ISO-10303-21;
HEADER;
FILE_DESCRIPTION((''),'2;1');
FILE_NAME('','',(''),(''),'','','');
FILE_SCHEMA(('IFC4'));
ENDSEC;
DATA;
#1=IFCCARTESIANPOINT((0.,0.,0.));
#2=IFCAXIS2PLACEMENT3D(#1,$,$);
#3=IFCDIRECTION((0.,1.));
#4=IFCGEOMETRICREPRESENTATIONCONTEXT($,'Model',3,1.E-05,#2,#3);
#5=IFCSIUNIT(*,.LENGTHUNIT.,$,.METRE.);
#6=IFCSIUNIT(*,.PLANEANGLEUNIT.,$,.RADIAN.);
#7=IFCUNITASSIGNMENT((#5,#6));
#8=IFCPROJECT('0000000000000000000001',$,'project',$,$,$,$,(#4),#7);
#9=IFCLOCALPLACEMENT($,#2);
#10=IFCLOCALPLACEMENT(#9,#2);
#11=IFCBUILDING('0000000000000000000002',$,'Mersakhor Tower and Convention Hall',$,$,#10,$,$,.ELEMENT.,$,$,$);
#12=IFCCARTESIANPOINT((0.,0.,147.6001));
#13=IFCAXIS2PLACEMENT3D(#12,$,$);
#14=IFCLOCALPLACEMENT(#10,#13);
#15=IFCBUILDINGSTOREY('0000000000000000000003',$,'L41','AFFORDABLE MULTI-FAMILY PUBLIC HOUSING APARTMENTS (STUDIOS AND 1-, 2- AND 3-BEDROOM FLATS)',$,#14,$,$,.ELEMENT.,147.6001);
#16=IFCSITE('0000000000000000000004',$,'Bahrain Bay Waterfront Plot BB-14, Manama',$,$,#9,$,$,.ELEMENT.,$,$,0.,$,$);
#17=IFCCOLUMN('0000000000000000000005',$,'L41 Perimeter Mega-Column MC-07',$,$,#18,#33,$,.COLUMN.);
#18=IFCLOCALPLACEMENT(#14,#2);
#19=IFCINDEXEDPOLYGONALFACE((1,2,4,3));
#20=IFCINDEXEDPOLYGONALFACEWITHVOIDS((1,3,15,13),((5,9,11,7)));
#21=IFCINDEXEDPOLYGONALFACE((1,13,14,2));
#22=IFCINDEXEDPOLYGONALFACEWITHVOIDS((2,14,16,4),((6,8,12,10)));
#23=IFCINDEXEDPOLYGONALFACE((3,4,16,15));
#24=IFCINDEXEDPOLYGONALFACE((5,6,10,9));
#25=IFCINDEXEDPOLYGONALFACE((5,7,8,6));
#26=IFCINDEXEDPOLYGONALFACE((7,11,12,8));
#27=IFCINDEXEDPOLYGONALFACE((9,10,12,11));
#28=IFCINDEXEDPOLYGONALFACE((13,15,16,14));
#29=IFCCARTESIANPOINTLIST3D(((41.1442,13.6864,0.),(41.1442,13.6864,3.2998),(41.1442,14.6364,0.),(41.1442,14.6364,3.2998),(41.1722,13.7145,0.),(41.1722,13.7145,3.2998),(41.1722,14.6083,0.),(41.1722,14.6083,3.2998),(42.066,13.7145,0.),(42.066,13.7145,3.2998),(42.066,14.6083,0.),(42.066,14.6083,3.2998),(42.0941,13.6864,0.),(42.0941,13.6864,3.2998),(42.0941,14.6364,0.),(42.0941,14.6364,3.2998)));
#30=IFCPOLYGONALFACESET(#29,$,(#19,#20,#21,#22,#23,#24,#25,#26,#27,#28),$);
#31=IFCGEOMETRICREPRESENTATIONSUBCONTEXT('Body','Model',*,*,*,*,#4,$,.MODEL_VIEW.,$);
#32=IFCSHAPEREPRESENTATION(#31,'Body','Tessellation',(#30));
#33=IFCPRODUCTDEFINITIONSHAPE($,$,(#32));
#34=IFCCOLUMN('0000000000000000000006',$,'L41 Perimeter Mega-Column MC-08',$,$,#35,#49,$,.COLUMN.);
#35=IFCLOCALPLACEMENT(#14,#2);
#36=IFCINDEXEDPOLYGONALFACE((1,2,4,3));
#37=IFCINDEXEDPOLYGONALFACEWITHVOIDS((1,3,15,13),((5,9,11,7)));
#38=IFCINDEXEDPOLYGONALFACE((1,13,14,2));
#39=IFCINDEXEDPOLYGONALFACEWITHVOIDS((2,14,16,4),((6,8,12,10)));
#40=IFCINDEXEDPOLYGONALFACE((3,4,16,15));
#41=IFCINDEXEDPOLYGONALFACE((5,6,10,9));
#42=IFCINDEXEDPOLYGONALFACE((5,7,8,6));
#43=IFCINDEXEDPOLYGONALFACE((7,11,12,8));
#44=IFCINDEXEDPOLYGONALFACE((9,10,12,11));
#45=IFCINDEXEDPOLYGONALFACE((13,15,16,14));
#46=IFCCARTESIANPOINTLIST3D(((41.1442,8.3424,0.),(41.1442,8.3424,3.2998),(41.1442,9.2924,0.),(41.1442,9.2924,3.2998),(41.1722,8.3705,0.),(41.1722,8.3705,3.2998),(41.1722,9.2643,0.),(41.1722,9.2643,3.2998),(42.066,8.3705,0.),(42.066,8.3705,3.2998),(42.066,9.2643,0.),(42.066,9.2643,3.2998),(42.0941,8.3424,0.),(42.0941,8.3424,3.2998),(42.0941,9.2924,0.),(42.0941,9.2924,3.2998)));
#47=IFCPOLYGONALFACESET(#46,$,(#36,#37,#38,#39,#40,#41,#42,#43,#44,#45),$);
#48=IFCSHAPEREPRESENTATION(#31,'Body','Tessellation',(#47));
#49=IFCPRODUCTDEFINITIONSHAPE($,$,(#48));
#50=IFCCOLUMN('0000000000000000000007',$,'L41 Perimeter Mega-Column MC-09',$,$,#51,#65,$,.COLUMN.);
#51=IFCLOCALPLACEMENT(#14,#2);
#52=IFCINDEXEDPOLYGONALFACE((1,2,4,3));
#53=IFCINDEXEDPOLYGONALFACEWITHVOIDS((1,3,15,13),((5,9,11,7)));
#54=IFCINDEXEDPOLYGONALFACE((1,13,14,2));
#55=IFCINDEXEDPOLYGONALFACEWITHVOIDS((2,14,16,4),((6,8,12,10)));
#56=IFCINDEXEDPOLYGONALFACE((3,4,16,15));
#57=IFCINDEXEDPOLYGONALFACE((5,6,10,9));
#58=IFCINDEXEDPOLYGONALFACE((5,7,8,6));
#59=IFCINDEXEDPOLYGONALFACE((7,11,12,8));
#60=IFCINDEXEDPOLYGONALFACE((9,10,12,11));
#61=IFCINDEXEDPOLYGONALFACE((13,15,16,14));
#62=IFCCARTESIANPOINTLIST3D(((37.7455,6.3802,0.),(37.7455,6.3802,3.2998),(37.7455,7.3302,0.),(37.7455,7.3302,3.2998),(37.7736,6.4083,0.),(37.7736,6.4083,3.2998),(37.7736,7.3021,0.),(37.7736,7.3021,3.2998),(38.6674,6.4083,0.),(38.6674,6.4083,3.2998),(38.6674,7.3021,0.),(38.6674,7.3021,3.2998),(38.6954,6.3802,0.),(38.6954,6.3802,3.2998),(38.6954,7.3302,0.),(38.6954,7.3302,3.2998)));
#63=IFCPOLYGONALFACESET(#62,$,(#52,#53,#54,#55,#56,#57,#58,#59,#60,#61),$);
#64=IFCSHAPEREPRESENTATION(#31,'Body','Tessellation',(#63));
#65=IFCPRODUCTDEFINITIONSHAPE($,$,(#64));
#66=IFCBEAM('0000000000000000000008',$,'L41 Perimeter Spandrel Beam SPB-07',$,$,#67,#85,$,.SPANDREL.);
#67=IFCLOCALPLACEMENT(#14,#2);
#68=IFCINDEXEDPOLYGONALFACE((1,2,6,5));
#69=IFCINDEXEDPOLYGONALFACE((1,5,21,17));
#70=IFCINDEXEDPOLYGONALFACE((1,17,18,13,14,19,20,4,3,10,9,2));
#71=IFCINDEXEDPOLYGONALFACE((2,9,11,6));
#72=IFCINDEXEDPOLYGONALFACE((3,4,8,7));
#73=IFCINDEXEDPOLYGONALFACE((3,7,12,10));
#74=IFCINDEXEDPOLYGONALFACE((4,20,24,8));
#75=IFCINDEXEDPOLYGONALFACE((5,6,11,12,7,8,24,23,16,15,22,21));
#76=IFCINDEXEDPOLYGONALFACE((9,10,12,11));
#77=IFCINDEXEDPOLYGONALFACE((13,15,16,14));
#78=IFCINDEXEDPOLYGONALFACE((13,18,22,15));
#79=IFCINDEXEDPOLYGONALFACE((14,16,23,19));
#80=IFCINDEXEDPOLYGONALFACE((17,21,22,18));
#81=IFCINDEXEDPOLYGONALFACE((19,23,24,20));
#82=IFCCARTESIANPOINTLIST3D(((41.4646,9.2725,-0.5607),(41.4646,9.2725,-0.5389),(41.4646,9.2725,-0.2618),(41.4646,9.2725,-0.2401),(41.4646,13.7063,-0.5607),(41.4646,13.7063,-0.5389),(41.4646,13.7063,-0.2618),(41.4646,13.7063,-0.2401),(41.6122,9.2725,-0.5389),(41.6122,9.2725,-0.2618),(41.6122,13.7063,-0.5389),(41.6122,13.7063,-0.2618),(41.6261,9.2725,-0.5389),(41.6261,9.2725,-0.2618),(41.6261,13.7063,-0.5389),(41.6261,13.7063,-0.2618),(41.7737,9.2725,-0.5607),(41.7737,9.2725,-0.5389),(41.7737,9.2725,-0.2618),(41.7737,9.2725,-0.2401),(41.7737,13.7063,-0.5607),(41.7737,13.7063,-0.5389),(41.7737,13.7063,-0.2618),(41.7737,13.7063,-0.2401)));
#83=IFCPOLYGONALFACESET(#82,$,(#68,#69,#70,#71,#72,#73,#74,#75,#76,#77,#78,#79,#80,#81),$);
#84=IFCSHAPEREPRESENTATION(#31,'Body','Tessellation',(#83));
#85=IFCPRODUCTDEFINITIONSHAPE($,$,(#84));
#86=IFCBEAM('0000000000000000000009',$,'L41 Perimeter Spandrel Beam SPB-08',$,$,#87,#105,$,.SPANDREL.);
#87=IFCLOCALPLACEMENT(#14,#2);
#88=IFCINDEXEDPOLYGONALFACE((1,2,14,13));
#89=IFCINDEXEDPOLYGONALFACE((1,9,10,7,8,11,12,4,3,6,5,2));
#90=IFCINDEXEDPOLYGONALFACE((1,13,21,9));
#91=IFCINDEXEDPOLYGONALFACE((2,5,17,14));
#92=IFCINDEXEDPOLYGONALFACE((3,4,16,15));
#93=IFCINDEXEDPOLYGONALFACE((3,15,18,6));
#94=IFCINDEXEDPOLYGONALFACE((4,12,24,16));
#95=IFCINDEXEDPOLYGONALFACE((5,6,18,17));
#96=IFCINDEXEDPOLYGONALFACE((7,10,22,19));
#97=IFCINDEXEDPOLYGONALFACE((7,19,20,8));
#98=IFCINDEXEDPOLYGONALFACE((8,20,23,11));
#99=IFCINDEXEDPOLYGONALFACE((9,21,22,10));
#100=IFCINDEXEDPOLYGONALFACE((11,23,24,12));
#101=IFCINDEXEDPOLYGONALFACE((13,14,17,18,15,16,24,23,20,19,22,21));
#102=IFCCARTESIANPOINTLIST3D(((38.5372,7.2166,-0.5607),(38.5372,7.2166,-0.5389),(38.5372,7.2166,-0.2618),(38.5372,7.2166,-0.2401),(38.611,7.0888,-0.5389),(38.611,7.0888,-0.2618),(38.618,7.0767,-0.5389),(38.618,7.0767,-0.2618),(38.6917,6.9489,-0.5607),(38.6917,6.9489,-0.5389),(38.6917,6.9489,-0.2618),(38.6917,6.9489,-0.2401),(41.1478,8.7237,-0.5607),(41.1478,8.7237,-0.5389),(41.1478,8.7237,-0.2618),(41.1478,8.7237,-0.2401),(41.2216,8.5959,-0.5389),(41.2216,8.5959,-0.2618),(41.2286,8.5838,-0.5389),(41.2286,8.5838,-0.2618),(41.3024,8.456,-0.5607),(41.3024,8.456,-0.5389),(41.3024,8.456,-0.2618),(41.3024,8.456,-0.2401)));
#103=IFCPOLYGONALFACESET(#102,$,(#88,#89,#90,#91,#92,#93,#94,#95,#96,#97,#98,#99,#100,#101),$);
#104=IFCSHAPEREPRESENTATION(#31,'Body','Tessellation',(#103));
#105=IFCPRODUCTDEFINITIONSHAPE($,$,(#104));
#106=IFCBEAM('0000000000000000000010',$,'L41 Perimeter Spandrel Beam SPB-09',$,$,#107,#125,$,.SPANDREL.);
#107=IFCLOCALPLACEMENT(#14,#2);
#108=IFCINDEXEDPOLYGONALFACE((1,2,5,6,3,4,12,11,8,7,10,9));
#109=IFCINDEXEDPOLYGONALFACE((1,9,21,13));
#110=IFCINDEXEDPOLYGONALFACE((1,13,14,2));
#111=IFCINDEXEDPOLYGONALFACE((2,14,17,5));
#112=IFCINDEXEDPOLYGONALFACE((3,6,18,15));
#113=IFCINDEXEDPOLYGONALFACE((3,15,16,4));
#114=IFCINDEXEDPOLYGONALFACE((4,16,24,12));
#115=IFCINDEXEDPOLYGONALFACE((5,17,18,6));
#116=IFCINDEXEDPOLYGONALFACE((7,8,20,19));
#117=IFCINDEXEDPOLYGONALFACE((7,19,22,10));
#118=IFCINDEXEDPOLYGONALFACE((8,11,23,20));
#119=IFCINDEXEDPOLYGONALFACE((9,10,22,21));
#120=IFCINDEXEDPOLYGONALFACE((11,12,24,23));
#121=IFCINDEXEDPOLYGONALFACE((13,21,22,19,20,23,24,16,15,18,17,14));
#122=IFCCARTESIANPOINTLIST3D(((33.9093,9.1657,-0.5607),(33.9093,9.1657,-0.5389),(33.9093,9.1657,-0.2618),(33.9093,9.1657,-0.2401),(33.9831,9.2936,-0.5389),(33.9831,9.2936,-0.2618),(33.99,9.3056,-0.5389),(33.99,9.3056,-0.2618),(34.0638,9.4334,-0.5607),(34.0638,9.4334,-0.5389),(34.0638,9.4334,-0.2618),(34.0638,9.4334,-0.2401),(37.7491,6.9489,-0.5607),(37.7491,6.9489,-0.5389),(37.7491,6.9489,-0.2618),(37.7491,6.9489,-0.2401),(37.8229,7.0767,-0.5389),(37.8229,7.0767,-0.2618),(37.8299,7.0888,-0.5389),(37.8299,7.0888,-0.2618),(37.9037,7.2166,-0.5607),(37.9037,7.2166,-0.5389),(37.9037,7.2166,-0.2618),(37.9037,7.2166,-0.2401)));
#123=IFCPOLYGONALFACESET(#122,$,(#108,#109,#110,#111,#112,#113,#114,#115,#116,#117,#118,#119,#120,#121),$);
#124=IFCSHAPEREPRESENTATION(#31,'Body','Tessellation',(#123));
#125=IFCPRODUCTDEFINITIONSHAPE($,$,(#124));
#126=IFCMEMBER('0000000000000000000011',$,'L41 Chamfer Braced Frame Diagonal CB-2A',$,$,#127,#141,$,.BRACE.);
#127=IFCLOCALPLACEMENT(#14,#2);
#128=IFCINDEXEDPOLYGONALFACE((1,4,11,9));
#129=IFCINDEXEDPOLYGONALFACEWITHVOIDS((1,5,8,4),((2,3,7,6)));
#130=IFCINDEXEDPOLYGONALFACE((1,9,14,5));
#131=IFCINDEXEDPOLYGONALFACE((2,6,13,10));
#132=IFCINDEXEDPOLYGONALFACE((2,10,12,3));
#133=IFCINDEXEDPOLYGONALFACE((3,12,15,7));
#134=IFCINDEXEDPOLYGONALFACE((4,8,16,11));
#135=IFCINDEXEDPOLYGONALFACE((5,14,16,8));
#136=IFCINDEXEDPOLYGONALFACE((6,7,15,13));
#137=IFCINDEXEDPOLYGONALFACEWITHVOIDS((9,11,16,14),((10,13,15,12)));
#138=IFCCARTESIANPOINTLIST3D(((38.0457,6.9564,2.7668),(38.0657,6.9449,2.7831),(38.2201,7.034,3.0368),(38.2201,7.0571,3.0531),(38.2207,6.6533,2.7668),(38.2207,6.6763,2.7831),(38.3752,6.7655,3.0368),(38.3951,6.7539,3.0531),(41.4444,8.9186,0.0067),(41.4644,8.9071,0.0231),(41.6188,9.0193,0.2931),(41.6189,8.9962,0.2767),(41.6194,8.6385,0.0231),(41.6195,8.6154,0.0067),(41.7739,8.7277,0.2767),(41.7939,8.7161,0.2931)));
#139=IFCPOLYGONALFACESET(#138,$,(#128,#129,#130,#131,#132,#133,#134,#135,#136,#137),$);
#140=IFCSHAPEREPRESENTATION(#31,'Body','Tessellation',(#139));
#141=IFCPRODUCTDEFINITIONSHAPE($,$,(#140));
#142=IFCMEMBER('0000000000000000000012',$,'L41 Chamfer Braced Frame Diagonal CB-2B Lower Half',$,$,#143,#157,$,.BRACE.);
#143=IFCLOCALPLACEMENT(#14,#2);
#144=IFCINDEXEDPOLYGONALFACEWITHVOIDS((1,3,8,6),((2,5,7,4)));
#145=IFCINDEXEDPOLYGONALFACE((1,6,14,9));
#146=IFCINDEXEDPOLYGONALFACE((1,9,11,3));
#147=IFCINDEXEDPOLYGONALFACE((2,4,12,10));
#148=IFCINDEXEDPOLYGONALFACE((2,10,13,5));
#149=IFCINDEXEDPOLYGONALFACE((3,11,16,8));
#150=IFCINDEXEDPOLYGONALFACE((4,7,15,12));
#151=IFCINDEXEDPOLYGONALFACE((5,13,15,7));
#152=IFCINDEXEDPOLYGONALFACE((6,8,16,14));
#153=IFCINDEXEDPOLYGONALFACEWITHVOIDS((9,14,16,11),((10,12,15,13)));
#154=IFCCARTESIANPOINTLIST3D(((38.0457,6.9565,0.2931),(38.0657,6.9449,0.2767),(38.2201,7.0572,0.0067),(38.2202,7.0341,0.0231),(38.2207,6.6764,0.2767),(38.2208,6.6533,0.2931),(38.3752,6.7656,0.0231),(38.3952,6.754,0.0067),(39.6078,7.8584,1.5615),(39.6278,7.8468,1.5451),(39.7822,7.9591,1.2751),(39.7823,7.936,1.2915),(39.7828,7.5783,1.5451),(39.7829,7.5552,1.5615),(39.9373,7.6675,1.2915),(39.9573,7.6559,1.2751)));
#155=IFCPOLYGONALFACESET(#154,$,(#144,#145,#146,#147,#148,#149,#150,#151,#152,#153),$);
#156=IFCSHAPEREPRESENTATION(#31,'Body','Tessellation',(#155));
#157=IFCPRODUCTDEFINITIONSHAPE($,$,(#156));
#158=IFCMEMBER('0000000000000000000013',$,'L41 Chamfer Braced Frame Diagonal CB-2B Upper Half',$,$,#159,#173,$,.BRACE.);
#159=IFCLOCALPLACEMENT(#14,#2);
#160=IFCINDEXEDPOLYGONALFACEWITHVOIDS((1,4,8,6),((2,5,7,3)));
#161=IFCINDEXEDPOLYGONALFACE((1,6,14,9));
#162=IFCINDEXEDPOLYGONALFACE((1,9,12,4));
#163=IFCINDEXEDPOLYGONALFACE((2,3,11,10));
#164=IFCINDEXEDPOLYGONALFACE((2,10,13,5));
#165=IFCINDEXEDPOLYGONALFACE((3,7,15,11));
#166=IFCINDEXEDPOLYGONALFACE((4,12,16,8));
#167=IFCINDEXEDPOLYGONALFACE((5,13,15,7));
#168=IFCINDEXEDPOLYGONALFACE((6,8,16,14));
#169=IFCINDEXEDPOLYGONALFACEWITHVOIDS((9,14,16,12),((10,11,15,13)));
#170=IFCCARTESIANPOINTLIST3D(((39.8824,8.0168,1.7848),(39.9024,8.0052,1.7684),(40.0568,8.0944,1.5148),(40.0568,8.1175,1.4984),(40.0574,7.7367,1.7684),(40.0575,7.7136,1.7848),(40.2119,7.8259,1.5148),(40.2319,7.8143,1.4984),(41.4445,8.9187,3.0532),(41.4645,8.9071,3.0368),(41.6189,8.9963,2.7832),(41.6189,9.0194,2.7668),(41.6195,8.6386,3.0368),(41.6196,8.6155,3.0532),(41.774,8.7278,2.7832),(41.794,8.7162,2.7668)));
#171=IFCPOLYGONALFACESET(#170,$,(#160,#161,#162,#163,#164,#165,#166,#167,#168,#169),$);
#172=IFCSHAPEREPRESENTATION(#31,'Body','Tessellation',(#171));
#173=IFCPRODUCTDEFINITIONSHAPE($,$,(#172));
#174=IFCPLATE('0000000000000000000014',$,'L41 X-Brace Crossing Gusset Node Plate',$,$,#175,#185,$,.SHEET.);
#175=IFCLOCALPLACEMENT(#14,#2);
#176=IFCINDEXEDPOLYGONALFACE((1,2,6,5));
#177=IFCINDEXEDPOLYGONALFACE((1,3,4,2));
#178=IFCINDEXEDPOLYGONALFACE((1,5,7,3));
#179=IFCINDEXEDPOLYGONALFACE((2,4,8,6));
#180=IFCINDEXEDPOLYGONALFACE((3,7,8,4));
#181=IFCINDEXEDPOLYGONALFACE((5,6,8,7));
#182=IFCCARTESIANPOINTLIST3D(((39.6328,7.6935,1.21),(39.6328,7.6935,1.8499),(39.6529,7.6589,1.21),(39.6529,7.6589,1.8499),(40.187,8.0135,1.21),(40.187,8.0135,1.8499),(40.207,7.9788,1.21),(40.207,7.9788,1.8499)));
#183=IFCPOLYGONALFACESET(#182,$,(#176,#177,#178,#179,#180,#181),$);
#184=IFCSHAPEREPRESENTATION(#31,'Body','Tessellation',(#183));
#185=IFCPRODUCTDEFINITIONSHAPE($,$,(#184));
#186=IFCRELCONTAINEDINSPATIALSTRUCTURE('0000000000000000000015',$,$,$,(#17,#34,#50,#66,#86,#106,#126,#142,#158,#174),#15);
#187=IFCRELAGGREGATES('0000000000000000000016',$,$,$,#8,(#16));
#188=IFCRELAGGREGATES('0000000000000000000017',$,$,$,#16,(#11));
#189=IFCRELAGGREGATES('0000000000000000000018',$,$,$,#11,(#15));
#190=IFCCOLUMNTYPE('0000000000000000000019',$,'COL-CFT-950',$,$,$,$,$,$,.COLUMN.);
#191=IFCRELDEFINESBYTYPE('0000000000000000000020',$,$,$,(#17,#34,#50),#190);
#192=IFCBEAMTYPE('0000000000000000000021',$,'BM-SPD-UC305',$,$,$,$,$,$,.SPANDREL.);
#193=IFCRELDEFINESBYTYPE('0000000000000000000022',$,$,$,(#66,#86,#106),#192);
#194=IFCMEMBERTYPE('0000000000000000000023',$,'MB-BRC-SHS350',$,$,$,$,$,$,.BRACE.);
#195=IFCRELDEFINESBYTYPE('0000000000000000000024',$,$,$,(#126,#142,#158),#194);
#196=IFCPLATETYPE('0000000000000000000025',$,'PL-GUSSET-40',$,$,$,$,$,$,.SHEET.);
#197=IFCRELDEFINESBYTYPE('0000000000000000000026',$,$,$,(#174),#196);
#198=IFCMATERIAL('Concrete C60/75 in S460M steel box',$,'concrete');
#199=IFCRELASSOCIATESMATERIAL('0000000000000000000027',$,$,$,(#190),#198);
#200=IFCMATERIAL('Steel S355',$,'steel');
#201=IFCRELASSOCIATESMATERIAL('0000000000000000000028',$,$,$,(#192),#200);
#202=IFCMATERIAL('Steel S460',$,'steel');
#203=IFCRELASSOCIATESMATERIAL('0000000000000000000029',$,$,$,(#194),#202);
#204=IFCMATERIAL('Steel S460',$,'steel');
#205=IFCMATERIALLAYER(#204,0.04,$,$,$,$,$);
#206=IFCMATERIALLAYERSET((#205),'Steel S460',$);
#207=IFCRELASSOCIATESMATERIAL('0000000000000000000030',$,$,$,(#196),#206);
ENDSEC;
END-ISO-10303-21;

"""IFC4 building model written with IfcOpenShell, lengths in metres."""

from ifc_helpers import new_model, si_unit, direction, frame, origin, origin_2d, place, context, subcontext, project, spatial, rectangle, hollow_rectangle, i_section, extrude, material, layer, layer_set, material_profile, profile_set, type_object, element, save


model = new_model("IFC4")

# Units and contexts
model_context = context("Model", 3, precision=1e-05, world=origin(), true_north=direction((0.0, 1.0)))
body_context = subcontext(model_context, "Body", "Model", "MODEL_VIEW")
ifc_project = project(units=[si_unit("LENGTHUNIT", "METRE"), si_unit("PLANEANGLEUNIT", "RADIAN")], contexts=[model_context])

# Site, building, storey
site_placement = place(None, origin())
site = spatial("IfcSite", under=ifc_project, at=site_placement, Name="Bahrain Bay Waterfront Plot BB-14, Manama", CompositionType="ELEMENT", RefElevation=0.0)
building_placement = place(site_placement, origin())
building = spatial("IfcBuilding", under=site, at=building_placement, Name="Mersakhor Tower and Convention Hall", CompositionType="ELEMENT")
storey_placement = place(building_placement, frame((0.0, 0.0, 147.6001)))
storey = spatial("IfcBuildingStorey", under=building, at=storey_placement, Name="L41", Description="AFFORDABLE MULTI-FAMILY PUBLIC HOUSING APARTMENTS (STUDIOS AND 1-, 2- AND 3-BEDROOM FLATS)", CompositionType="ELEMENT", Elevation=147.6001)

# Columns
ifc_material_1 = material(Name="Concrete C60/75 in S460M steel box", Category="concrete")
ifc_material_profile_1 = material_profile(ifc_material_1, hollow_rectangle(XDim=0.95, YDim=0.95, WallThickness=0.0281, at=origin_2d()), Name="SHS 950x950x28")
ifc_profile_set_1 = profile_set([ifc_material_profile_1], Name="Concrete C60/75 in S460M steel box")
column_type = type_object("IfcColumnType", Name="COL-CFT-950", PredefinedType="COLUMN", material=ifc_profile_set_1)
for number, where, z_axis, x_axis, name in (
    (1, (41.6191, 14.1614, 0.0), (0.0, 0.0, 1.0), (1.0, 0.0, 0.0), "L41 Perimeter Mega-Column MC-07"),
    (2, (41.6191, 8.8174, 0.0), (0.0, 0.0, 1.0), (1.0, 0.0, 0.0), "L41 Perimeter Mega-Column MC-08"),
    (3, (38.2205, 6.8552, 0.0), (0.0, 0.0, 1.0), (1.0, 0.0, 0.0), "L41 Perimeter Mega-Column MC-09"),
):
    element("IfcColumn", number, at=place(storey_placement, frame(where, z_axis=z_axis, x_axis=x_axis)), inside=storey, type_object=column_type, Name=name, PredefinedType="COLUMN", context=body_context, shape_type="SweptSolid", body=[
        extrude(hollow_rectangle(XDim=0.95, YDim=0.95, WallThickness=0.0281, at=origin_2d()), origin(), (0.0, 0.0, 1.0), 3.2998),
    ])

# Beams
ifc_material_2 = material(Name="Steel S355", Category="steel")
ifc_material_profile_2 = material_profile(ifc_material_2, i_section(OverallWidth=0.3091, OverallDepth=0.3206, WebThickness=0.0139, FlangeThickness=0.0217, at=origin_2d()), Name="UC 305x305x137")
ifc_profile_set_2 = profile_set([ifc_material_profile_2], Name="Steel S355")
beam_type = type_object("IfcBeamType", Name="BM-SPD-UC305", PredefinedType="SPANDREL", material=ifc_profile_set_2)
beam_1_placement = place(storey_placement, frame((41.6191, 13.7063, -0.4004), z_axis=(0.0, -1.0, 0.0), x_axis=(1.0, 0.0, 0.0)))
element("IfcBeam", 4, at=beam_1_placement, inside=storey, type_object=beam_type, Name="L41 Perimeter Spandrel Beam SPB-07", PredefinedType="SPANDREL", context=body_context, shape_type="SweptSolid", body=[
    extrude(i_section(OverallWidth=0.3091, OverallDepth=0.3206, WebThickness=0.0139, FlangeThickness=0.0217, at=origin_2d()), origin(), (0.0, 0.0, 1.0), 4.4338),
])
beam_2_placement = place(storey_placement, frame((41.2251, 8.5898, -0.4004), z_axis=(-0.866047, -0.499963, 0.0), x_axis=(0.499963, -0.866047, 0.0)))
element("IfcBeam", 5, at=beam_2_placement, inside=storey, type_object=beam_type, Name="L41 Perimeter Spandrel Beam SPB-08", PredefinedType="SPANDREL", context=body_context, shape_type="SweptSolid", body=[
    extrude(i_section(OverallWidth=0.3091, OverallDepth=0.3206, WebThickness=0.0139, FlangeThickness=0.0217, at=origin_2d()), origin(), (0.0, 0.0, 1.0), 3.0144),
])
beam_3_placement = place(storey_placement, frame((37.8264, 7.0828, -0.4004), z_axis=(-0.866039, 0.499977, 0.0), x_axis=(-0.499977, -0.866039, 0.0)))
element("IfcBeam", 6, at=beam_3_placement, inside=storey, type_object=beam_type, Name="L41 Perimeter Spandrel Beam SPB-09", PredefinedType="SPANDREL", context=body_context, shape_type="SweptSolid", body=[
    extrude(i_section(OverallWidth=0.3091, OverallDepth=0.3206, WebThickness=0.0139, FlangeThickness=0.0217, at=origin_2d()), origin(), (0.0, 0.0, 1.0), 4.4338),
])

# Members
ifc_material_3 = material(Name="Steel S460", Category="steel")
ifc_material_profile_3 = material_profile(ifc_material_3, hollow_rectangle(XDim=0.3501, YDim=0.3501, WallThickness=0.02, at=origin_2d()), Name="SHS 350x350x20")
ifc_profile_set_3 = profile_set([ifc_material_profile_3], Name="Steel S460")
member_type = type_object("IfcMemberType", Name="MB-BRC-SHS350", PredefinedType="BRACE", material=ifc_profile_set_3)
member_placement = place(storey_placement, frame((41.6191, 8.8174, 0.1499), z_axis=(-0.708385, -0.408972, 0.575267), x_axis=(0.499986, -0.866033, 0.0)))
element("IfcMember", 7, at=member_placement, inside=storey, type_object=member_type, Name="L41 Chamfer Braced Frame Diagonal CB-2A", PredefinedType="BRACE", context=body_context, shape_type="SweptSolid", body=[
    extrude(hollow_rectangle(XDim=0.3501, YDim=0.3501, WallThickness=0.02, at=origin_2d()), origin(), (0.0, 0.0, 1.0), 4.7979),
])
for number, where, z_axis, x_axis, name in (
    (8, (38.2205, 6.8552, 0.1499), (0.708409, 0.409013, 0.575209), (-0.500011, 0.866019, 0.0), "L41 Chamfer Braced Frame Diagonal CB-2B Lower Half"),
    (9, (40.0571, 7.9155, 1.6416), (0.708409, 0.409013, 0.575209), (-0.500011, 0.866019, 0.0), "L41 Chamfer Braced Frame Diagonal CB-2B Upper Half"),
):
    element("IfcMember", number, at=place(storey_placement, frame(where, z_axis=z_axis, x_axis=x_axis)), inside=storey, type_object=member_type, Name=name, PredefinedType="BRACE", context=body_context, shape_type="SweptSolid", body=[
        extrude(hollow_rectangle(XDim=0.3501, YDim=0.3501, WallThickness=0.02, at=origin_2d()), origin(), (0.0, 0.0, 1.0), 2.2051),
    ])

# Plate
ifc_material_4 = material(Name="Steel S460", Category="steel")
ifc_layer_1 = layer(ifc_material_4, 0.04)
ifc_layer_set_1 = layer_set([ifc_layer_1], Name="Steel S460")
plate_type = type_object("IfcPlateType", Name="PL-GUSSET-40", PredefinedType="SHEET", material=ifc_layer_set_1)
plate_placement = place(storey_placement, frame((39.9199, 7.8362, 1.21), z_axis=(0.0, 0.0, 1.0), x_axis=(0.866025, 0.5, 0.0)))
element("IfcPlate", 10, at=plate_placement, inside=storey, type_object=plate_type, Name="L41 X-Brace Crossing Gusset Node Plate", PredefinedType="SHEET", context=body_context, shape_type="SweptSolid", body=[
    extrude(rectangle(XDim=0.6399, YDim=0.04, at=origin_2d()), origin(), (0.0, 0.0, 1.0), 0.6399),
])

save(model, "model.ifc")
